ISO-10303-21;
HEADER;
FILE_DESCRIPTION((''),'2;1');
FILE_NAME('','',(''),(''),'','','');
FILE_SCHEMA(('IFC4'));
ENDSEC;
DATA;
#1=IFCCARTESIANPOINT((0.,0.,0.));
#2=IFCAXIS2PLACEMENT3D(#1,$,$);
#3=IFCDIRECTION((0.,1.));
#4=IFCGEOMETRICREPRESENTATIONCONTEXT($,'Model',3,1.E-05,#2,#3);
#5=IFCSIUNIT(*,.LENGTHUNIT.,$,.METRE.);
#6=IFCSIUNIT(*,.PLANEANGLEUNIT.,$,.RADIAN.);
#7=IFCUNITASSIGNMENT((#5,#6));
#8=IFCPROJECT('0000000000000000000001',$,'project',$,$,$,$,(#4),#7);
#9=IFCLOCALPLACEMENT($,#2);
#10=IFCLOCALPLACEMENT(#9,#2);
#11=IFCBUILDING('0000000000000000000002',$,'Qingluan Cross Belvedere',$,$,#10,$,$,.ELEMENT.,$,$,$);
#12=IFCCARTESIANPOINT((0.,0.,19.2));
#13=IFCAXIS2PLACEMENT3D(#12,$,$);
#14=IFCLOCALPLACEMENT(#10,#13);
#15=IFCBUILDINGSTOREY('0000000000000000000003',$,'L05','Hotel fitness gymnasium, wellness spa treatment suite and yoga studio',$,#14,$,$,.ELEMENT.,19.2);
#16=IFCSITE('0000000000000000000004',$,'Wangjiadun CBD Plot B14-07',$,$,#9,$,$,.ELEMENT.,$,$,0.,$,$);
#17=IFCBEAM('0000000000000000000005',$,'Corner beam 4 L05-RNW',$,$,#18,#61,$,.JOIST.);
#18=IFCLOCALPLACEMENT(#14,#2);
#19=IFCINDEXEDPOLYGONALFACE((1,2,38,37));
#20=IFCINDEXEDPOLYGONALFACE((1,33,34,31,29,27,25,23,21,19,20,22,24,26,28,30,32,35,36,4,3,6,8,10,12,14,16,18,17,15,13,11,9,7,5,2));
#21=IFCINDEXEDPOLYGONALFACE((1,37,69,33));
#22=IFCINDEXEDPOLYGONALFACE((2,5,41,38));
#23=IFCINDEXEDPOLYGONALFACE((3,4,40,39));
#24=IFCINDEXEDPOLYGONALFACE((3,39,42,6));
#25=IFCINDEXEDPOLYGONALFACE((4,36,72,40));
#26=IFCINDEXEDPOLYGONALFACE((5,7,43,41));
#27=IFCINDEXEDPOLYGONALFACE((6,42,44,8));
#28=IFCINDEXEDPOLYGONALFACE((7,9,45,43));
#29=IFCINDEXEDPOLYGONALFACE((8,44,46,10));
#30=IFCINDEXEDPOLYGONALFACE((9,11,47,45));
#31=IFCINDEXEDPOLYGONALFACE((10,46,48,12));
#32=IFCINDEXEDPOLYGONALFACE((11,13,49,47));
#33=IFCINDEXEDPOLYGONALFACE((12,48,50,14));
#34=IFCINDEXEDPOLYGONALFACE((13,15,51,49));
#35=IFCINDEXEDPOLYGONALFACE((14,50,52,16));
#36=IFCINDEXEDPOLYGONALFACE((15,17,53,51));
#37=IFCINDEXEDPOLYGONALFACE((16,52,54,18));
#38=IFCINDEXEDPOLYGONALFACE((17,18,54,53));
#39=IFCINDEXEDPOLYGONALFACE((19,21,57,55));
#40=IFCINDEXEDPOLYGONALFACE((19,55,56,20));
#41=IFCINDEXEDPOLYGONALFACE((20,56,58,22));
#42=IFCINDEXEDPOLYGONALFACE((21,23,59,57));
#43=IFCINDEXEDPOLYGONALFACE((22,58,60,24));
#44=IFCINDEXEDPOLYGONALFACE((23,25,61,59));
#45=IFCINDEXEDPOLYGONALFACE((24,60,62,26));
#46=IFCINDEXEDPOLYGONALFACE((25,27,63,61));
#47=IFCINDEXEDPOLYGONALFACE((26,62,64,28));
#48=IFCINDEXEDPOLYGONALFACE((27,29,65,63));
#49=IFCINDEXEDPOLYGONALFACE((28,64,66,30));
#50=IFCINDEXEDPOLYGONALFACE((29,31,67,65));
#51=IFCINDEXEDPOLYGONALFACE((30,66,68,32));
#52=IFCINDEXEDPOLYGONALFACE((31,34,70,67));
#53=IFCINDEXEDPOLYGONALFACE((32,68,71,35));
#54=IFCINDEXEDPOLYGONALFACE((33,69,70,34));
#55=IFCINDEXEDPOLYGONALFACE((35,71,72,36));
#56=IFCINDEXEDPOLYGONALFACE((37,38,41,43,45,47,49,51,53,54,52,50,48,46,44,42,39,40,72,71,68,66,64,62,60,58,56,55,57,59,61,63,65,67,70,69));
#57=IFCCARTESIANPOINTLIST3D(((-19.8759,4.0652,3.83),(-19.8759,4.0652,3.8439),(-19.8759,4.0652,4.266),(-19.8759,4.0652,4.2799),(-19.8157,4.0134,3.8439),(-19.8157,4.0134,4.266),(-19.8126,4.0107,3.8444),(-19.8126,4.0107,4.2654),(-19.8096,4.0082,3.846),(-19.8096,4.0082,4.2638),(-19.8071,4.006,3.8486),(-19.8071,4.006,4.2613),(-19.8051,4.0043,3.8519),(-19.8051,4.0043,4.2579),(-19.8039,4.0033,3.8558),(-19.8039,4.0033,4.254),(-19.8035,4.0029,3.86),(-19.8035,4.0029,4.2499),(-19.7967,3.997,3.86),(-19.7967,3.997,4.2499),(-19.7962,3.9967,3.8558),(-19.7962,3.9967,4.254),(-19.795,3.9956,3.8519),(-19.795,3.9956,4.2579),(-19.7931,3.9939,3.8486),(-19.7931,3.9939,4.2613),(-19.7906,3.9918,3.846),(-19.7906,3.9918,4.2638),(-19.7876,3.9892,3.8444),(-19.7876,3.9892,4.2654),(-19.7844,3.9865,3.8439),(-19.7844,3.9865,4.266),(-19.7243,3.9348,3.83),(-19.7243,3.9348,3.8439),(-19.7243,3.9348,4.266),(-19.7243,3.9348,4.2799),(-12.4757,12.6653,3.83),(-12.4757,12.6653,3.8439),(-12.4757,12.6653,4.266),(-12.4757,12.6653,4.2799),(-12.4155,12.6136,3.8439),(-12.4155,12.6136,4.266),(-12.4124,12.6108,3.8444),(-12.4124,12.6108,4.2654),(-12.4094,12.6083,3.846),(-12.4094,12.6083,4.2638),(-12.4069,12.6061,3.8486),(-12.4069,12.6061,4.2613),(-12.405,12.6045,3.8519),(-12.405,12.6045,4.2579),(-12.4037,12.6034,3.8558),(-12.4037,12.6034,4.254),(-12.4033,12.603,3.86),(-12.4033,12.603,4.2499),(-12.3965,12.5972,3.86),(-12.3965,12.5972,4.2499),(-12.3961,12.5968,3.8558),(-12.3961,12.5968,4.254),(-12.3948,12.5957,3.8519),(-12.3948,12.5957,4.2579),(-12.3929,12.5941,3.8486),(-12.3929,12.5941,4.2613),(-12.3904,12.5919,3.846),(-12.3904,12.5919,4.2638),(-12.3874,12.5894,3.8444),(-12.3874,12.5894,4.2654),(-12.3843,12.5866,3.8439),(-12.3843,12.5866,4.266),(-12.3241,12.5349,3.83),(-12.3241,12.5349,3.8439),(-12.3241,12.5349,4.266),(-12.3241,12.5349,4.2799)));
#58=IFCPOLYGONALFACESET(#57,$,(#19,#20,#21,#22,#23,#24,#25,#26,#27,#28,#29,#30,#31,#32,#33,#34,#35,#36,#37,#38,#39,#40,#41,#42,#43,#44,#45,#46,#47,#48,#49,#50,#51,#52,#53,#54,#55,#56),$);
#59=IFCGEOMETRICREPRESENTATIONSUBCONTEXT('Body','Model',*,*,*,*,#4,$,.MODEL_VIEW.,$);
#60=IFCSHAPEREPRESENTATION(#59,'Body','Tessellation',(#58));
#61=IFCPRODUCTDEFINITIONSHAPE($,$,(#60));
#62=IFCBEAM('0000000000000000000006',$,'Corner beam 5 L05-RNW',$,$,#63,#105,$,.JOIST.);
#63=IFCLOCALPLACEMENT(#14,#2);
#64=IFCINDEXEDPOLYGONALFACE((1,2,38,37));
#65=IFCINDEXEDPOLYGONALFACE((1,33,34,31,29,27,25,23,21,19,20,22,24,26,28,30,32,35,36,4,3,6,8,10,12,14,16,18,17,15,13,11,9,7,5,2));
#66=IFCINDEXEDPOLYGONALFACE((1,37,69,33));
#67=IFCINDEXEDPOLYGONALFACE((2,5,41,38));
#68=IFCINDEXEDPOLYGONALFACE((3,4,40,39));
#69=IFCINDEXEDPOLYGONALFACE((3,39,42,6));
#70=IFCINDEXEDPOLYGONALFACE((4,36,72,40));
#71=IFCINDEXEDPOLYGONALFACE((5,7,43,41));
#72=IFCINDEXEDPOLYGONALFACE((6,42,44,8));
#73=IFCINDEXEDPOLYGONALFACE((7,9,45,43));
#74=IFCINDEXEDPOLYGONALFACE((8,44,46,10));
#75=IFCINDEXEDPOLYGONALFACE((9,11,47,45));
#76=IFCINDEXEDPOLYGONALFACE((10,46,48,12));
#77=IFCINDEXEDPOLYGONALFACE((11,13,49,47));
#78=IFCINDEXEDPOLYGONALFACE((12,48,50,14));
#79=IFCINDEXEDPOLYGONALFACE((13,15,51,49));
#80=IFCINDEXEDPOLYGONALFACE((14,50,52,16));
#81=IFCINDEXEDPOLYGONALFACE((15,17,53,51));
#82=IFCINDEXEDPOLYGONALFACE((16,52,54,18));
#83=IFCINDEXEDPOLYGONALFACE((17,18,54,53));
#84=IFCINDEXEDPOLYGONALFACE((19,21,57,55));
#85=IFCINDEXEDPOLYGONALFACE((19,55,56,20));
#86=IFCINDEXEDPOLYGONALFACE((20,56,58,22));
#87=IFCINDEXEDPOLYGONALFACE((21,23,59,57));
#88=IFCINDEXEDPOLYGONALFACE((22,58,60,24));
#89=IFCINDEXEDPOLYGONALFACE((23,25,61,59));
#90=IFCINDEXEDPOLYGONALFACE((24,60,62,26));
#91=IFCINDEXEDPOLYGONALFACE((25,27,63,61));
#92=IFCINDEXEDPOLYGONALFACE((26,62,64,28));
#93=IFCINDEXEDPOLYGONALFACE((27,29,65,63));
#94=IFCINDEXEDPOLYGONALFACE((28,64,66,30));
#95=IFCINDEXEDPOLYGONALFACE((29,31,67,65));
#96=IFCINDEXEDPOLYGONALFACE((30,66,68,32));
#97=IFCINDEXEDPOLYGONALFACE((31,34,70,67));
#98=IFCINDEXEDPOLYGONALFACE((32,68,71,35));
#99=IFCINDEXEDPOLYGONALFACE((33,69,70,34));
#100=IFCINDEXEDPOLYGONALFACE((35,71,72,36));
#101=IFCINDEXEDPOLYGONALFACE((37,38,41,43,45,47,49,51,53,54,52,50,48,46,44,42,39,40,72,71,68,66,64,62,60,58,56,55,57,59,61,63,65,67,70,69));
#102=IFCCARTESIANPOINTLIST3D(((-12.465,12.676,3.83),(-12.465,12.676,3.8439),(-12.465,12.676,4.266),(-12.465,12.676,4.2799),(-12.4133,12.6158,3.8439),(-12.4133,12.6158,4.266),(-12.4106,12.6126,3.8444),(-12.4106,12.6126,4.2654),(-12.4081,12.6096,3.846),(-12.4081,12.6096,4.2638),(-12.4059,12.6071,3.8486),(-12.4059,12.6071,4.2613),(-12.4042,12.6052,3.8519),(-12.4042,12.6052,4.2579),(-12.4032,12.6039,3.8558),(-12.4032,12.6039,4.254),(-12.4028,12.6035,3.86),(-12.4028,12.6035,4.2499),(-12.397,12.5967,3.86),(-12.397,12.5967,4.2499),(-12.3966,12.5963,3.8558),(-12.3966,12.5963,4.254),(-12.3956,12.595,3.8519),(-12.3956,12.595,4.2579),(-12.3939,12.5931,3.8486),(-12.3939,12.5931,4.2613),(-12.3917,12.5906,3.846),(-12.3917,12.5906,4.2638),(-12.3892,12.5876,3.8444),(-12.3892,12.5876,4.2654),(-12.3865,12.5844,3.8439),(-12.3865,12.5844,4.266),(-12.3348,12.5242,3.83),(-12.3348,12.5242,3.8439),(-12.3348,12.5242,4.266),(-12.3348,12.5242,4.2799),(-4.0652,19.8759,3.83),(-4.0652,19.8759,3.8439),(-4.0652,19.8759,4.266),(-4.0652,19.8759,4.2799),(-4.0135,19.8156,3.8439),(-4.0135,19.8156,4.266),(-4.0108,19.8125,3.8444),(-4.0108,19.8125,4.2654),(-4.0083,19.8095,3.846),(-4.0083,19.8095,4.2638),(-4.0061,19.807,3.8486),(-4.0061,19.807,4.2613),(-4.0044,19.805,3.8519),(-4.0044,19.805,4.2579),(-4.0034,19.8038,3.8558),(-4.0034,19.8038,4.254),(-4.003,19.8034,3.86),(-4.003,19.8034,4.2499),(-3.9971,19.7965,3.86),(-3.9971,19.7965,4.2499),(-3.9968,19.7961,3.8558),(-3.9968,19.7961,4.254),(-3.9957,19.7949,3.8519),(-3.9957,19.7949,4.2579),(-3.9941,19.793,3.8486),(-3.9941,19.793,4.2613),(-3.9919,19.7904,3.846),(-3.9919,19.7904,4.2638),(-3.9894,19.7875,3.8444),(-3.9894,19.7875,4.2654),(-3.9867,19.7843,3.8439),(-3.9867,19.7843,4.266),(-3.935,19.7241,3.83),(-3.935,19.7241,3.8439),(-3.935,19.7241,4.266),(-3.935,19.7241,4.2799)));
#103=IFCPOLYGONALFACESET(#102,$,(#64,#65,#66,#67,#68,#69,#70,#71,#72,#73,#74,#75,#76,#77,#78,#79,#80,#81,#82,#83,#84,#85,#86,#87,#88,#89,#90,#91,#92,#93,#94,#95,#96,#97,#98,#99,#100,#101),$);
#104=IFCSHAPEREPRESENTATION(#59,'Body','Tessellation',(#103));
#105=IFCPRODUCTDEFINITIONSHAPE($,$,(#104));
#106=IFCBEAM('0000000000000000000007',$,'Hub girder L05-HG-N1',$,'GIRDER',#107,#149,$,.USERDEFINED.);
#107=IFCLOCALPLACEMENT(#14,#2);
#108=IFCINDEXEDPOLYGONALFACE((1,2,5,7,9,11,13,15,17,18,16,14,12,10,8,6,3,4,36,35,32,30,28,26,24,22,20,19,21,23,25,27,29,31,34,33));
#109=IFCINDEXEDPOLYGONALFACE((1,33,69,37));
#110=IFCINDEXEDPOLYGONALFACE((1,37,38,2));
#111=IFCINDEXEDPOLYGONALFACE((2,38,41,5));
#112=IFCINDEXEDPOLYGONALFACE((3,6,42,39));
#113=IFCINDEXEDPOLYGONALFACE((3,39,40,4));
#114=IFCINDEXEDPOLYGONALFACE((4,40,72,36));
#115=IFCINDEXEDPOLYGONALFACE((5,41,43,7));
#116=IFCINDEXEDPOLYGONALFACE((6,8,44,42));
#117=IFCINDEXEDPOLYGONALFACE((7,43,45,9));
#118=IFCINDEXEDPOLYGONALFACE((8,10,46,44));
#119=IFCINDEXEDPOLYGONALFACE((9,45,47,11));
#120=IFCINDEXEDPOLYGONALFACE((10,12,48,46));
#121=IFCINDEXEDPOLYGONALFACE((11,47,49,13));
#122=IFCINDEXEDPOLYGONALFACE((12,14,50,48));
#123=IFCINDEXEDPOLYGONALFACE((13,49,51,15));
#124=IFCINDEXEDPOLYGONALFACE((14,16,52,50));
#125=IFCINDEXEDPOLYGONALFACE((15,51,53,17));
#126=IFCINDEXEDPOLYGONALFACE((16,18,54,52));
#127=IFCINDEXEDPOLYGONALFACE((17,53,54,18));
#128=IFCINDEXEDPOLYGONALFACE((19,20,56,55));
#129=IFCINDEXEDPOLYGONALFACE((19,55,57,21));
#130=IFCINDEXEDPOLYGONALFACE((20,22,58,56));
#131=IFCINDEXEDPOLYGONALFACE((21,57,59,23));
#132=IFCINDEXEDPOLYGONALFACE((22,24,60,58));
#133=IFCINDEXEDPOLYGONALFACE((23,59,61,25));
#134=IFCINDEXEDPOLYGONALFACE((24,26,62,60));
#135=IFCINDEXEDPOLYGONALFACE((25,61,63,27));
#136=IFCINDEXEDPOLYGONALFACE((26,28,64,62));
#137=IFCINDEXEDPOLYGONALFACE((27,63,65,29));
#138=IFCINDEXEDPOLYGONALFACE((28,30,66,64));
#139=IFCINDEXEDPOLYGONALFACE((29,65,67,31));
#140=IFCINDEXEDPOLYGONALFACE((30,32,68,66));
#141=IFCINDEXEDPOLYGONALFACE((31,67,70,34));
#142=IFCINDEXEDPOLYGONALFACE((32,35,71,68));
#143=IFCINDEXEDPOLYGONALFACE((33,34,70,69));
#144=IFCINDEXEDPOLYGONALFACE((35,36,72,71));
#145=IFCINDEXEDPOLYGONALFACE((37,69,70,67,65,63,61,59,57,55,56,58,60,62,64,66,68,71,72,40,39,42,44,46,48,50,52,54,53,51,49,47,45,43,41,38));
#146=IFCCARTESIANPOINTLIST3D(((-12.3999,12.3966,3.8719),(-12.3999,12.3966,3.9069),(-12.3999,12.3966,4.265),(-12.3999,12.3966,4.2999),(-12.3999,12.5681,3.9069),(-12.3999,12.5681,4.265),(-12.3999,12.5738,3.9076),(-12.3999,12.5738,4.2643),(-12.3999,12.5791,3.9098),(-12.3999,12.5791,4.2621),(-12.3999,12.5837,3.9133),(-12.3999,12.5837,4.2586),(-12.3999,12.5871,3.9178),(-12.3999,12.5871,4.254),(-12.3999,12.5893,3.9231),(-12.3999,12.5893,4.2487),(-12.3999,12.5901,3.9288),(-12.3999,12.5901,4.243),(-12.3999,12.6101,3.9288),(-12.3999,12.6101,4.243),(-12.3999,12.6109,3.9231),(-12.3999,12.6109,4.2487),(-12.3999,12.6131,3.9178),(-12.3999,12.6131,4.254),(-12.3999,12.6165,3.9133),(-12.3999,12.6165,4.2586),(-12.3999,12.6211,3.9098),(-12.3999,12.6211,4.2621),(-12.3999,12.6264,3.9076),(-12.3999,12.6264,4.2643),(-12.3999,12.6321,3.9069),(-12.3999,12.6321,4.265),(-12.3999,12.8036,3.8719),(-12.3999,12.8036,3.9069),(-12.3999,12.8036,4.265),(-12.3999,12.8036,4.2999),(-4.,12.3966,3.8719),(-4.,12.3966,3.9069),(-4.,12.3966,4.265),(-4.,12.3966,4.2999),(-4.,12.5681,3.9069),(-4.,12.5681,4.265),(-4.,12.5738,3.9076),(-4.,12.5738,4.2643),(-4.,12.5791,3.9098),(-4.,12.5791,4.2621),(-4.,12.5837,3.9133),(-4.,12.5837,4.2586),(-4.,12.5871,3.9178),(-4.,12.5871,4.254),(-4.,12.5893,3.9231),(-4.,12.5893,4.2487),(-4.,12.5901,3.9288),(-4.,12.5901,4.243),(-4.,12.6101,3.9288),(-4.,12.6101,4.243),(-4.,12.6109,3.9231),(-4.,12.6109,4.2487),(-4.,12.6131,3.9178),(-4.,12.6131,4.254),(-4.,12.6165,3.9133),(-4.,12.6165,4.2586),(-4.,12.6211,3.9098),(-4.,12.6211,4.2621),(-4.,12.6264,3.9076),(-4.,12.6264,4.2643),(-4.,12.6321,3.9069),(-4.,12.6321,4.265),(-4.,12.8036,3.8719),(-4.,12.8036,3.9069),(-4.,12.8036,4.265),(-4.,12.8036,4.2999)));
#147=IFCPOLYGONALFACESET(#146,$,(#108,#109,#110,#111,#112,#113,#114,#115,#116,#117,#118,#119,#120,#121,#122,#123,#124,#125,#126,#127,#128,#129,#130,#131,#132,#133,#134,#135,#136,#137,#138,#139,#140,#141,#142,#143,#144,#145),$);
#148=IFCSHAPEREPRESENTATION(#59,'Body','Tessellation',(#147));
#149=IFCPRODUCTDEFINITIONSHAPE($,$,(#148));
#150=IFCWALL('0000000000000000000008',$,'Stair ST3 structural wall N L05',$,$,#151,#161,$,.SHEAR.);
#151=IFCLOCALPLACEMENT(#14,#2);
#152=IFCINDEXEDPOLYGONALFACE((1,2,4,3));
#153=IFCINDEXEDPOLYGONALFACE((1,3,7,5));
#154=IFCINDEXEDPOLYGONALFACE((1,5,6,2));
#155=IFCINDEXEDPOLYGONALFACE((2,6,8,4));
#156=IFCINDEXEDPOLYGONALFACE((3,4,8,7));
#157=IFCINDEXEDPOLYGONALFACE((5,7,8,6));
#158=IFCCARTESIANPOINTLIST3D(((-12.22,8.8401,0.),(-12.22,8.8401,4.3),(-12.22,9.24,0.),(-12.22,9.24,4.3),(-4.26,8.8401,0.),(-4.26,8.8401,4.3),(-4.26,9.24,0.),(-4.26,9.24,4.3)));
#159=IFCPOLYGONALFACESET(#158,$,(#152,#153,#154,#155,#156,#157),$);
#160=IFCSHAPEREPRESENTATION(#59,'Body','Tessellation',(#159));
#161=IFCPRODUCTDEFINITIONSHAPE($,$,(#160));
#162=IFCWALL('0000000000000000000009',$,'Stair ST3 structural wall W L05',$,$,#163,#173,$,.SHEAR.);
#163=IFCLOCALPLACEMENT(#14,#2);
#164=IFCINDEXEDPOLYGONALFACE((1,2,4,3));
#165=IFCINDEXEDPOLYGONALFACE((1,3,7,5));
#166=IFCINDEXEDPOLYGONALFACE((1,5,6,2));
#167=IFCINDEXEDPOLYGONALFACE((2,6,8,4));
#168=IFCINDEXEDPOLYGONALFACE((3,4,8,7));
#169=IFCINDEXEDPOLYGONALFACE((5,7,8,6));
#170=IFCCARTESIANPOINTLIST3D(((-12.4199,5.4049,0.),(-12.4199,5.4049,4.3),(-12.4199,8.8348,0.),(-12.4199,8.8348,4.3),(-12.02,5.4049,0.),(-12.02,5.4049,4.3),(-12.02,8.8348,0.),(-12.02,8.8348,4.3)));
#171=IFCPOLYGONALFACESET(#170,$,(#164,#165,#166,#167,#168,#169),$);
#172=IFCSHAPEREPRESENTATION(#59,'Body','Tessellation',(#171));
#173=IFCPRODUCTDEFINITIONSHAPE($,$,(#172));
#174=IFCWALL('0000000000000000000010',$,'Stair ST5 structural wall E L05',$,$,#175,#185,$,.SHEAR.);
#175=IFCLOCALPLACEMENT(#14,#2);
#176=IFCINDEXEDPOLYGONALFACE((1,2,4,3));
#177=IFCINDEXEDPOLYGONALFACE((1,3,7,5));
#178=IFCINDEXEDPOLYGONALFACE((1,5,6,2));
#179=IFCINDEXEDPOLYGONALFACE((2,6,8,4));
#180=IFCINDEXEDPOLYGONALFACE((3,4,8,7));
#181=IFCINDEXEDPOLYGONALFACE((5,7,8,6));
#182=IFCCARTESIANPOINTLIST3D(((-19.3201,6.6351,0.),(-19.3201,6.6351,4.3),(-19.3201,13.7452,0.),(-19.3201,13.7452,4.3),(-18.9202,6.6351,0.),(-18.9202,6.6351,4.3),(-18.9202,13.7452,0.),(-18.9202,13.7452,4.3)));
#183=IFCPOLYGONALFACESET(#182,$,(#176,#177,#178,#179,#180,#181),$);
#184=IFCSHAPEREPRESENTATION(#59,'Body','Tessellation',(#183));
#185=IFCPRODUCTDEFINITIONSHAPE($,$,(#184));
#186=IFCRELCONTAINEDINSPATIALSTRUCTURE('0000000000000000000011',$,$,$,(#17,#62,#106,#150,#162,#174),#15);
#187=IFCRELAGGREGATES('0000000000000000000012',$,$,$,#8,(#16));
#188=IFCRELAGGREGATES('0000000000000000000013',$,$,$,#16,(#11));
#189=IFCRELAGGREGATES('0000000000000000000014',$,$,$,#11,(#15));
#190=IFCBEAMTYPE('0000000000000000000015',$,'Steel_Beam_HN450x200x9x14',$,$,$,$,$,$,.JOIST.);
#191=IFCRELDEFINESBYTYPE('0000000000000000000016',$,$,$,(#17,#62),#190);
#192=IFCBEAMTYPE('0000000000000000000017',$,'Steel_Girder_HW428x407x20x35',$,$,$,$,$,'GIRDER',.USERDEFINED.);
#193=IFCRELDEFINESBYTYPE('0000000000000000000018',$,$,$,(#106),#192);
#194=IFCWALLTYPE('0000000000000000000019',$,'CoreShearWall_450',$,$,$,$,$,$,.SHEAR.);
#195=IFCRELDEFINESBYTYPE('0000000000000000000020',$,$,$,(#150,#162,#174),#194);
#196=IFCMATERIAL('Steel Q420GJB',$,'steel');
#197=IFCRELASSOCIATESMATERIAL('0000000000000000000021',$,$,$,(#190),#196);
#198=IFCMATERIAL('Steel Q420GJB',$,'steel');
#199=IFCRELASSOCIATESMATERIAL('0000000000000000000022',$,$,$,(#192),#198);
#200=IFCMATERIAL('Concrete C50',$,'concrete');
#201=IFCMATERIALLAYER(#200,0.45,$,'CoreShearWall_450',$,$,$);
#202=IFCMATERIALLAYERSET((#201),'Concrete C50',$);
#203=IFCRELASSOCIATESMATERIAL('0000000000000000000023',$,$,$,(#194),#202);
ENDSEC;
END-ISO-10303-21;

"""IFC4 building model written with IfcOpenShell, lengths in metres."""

from ifc_helpers import new_model, si_unit, direction, frame, frame_2d, origin, origin_2d, place, context, subcontext, project, spatial, rectangle, i_section, extrude, material, layer, layer_set, material_profile, profile_set, type_object, element, save


model = new_model("IFC4")

# Units and contexts
model_context = context("Model", 3, precision=1e-05, world=origin(), true_north=direction((0.0, 1.0)))
body_context = subcontext(model_context, "Body", "Model", "MODEL_VIEW")
ifc_project = project(units=[si_unit("LENGTHUNIT", "METRE"), si_unit("PLANEANGLEUNIT", "RADIAN")], contexts=[model_context])

# Site, building, storey
site_placement = place(None, origin())
site = spatial("IfcSite", under=ifc_project, at=site_placement, Name="Wangjiadun CBD Plot B14-07", CompositionType="ELEMENT", RefElevation=0.0)
building_placement = place(site_placement, origin())
building = spatial("IfcBuilding", under=site, at=building_placement, Name="Qingluan Cross Belvedere", CompositionType="ELEMENT")
storey_placement = place(building_placement, frame((0.0, 0.0, 19.2)))
storey = spatial("IfcBuildingStorey", under=building, at=storey_placement, Name="L05", Description="Hotel fitness gymnasium, wellness spa treatment suite and yoga studio", CompositionType="ELEMENT", Elevation=19.2)

# Beams
ifc_material_1 = material(Name="Steel Q420GJB", Category="steel")
ifc_material_profile_1 = material_profile(ifc_material_1, i_section(OverallWidth=0.2, OverallDepth=0.45, WebThickness=0.009, FlangeThickness=0.0139, FilletRadius=0.0161, at=origin_2d()), Name="HN450x200x9x14")
ifc_profile_set_1 = profile_set([ifc_material_profile_1], Name="Steel Q420GJB")
beam_type_1 = type_object("IfcBeamType", Name="Steel_Beam_HN450x200x9x14", PredefinedType="JOIST", material=ifc_profile_set_1)
beam_1_placement = place(storey_placement, frame((-12.3999, 12.6001, 4.0549), z_axis=(-0.652245, -0.758008, 0.0), x_axis=(0.758008, -0.652245, 0.0)))
element("IfcBeam", 1, at=beam_1_placement, inside=storey, type_object=beam_type_1, Name="Corner beam 4 L05-RNW", PredefinedType="JOIST", context=body_context, shape_type="SweptSolid", body=[
    extrude(i_section(OverallWidth=0.2, OverallDepth=0.45, WebThickness=0.009, FlangeThickness=0.0139, FilletRadius=0.0161, at=origin_2d()), origin(), (0.0, 0.0, 1.0), 11.3457),
])
beam_2_placement = place(storey_placement, frame((-12.3999, 12.6001, 4.0549), z_axis=(0.759255, 0.650793, 0.0), x_axis=(-0.650793, 0.759255, 0.0)))
element("IfcBeam", 2, at=beam_2_placement, inside=storey, type_object=beam_type_1, Name="Corner beam 5 L05-RNW", PredefinedType="JOIST", context=body_context, shape_type="SweptSolid", body=[
    extrude(i_section(OverallWidth=0.2, OverallDepth=0.45, WebThickness=0.009, FlangeThickness=0.0139, FilletRadius=0.0161, at=origin_2d()), origin(), (0.0, 0.0, 1.0), 11.0632),
])
ifc_material_2 = material(Name="Steel Q420GJB", Category="steel")
ifc_material_profile_2 = material_profile(ifc_material_2, i_section(OverallWidth=0.407, OverallDepth=0.428, WebThickness=0.02, FlangeThickness=0.0349, FilletRadius=0.022, at=origin_2d()), Name="HW428x407x20x35")
ifc_profile_set_2 = profile_set([ifc_material_profile_2], Name="Steel Q420GJB")
beam_type_2 = type_object("IfcBeamType", Name="Steel_Girder_HW428x407x20x35", ElementType="GIRDER", PredefinedType="USERDEFINED", material=ifc_profile_set_2)
beam_3_placement = place(storey_placement, frame((-12.3999, 12.6001, 4.0859), z_axis=(1.0, 0.0, 0.0), x_axis=(0.0, 1.0, 0.0)))
element("IfcBeam", 3, at=beam_3_placement, inside=storey, type_object=beam_type_2, Name="Hub girder L05-HG-N1", ObjectType="GIRDER", PredefinedType="USERDEFINED", context=body_context, shape_type="SweptSolid", body=[
    extrude(i_section(OverallWidth=0.407, OverallDepth=0.428, WebThickness=0.02, FlangeThickness=0.0349, FilletRadius=0.022, at=origin_2d()), origin(), (0.0, 0.0, 1.0), 8.3999),
])

# Walls
ifc_material_3 = material(Name="Concrete C50", Category="concrete")
ifc_layer_1 = layer(ifc_material_3, 0.45, Name="CoreShearWall_450")
ifc_layer_set_1 = layer_set([ifc_layer_1], Name="Concrete C50")
wall_type_1 = type_object("IfcWallType", Name="CoreShearWall_450", PredefinedType="SHEAR", material=ifc_layer_set_1)
wall_1_placement = place(storey_placement, frame((-12.22, 9.04, 0.0), z_axis=(0.0, 0.0, 1.0), x_axis=(1.0, 0.0, 0.0)))
element("IfcWall", 4, at=wall_1_placement, inside=storey, type_object=wall_type_1, Name="Stair ST3 structural wall N L05", PredefinedType="SHEAR", context=body_context, shape_type="SweptSolid", body=[
    extrude(rectangle(XDim=7.96, YDim=0.3999, at=frame_2d((3.98, 0.0))), origin(), (0.0, 0.0, 1.0), 4.3),
])
wall_2_placement = place(storey_placement, frame((-12.22, 5.405, 0.0), z_axis=(0.0, 0.0, 1.0), x_axis=(0.0, 1.0, 0.0)))
element("IfcWall", 5, at=wall_2_placement, inside=storey, type_object=wall_type_1, Name="Stair ST3 structural wall W L05", PredefinedType="SHEAR", context=body_context, shape_type="SweptSolid", body=[
    extrude(rectangle(XDim=3.4299, YDim=0.3999, at=frame_2d((1.7148, 0.0))), origin(), (0.0, 0.0, 1.0), 4.3),
])
wall_3_placement = place(storey_placement, frame((-19.1201, 6.635, 0.0), z_axis=(0.0, 0.0, 1.0), x_axis=(0.0, 1.0, 0.0)))
element("IfcWall", 6, at=wall_3_placement, inside=storey, type_object=wall_type_1, Name="Stair ST5 structural wall E L05", PredefinedType="SHEAR", context=body_context, shape_type="SweptSolid", body=[
    extrude(rectangle(XDim=7.1101, YDim=0.3999, at=frame_2d((3.5552, 0.0))), origin(), (0.0, 0.0, 1.0), 4.3),
])

save(model, "model.ifc")
